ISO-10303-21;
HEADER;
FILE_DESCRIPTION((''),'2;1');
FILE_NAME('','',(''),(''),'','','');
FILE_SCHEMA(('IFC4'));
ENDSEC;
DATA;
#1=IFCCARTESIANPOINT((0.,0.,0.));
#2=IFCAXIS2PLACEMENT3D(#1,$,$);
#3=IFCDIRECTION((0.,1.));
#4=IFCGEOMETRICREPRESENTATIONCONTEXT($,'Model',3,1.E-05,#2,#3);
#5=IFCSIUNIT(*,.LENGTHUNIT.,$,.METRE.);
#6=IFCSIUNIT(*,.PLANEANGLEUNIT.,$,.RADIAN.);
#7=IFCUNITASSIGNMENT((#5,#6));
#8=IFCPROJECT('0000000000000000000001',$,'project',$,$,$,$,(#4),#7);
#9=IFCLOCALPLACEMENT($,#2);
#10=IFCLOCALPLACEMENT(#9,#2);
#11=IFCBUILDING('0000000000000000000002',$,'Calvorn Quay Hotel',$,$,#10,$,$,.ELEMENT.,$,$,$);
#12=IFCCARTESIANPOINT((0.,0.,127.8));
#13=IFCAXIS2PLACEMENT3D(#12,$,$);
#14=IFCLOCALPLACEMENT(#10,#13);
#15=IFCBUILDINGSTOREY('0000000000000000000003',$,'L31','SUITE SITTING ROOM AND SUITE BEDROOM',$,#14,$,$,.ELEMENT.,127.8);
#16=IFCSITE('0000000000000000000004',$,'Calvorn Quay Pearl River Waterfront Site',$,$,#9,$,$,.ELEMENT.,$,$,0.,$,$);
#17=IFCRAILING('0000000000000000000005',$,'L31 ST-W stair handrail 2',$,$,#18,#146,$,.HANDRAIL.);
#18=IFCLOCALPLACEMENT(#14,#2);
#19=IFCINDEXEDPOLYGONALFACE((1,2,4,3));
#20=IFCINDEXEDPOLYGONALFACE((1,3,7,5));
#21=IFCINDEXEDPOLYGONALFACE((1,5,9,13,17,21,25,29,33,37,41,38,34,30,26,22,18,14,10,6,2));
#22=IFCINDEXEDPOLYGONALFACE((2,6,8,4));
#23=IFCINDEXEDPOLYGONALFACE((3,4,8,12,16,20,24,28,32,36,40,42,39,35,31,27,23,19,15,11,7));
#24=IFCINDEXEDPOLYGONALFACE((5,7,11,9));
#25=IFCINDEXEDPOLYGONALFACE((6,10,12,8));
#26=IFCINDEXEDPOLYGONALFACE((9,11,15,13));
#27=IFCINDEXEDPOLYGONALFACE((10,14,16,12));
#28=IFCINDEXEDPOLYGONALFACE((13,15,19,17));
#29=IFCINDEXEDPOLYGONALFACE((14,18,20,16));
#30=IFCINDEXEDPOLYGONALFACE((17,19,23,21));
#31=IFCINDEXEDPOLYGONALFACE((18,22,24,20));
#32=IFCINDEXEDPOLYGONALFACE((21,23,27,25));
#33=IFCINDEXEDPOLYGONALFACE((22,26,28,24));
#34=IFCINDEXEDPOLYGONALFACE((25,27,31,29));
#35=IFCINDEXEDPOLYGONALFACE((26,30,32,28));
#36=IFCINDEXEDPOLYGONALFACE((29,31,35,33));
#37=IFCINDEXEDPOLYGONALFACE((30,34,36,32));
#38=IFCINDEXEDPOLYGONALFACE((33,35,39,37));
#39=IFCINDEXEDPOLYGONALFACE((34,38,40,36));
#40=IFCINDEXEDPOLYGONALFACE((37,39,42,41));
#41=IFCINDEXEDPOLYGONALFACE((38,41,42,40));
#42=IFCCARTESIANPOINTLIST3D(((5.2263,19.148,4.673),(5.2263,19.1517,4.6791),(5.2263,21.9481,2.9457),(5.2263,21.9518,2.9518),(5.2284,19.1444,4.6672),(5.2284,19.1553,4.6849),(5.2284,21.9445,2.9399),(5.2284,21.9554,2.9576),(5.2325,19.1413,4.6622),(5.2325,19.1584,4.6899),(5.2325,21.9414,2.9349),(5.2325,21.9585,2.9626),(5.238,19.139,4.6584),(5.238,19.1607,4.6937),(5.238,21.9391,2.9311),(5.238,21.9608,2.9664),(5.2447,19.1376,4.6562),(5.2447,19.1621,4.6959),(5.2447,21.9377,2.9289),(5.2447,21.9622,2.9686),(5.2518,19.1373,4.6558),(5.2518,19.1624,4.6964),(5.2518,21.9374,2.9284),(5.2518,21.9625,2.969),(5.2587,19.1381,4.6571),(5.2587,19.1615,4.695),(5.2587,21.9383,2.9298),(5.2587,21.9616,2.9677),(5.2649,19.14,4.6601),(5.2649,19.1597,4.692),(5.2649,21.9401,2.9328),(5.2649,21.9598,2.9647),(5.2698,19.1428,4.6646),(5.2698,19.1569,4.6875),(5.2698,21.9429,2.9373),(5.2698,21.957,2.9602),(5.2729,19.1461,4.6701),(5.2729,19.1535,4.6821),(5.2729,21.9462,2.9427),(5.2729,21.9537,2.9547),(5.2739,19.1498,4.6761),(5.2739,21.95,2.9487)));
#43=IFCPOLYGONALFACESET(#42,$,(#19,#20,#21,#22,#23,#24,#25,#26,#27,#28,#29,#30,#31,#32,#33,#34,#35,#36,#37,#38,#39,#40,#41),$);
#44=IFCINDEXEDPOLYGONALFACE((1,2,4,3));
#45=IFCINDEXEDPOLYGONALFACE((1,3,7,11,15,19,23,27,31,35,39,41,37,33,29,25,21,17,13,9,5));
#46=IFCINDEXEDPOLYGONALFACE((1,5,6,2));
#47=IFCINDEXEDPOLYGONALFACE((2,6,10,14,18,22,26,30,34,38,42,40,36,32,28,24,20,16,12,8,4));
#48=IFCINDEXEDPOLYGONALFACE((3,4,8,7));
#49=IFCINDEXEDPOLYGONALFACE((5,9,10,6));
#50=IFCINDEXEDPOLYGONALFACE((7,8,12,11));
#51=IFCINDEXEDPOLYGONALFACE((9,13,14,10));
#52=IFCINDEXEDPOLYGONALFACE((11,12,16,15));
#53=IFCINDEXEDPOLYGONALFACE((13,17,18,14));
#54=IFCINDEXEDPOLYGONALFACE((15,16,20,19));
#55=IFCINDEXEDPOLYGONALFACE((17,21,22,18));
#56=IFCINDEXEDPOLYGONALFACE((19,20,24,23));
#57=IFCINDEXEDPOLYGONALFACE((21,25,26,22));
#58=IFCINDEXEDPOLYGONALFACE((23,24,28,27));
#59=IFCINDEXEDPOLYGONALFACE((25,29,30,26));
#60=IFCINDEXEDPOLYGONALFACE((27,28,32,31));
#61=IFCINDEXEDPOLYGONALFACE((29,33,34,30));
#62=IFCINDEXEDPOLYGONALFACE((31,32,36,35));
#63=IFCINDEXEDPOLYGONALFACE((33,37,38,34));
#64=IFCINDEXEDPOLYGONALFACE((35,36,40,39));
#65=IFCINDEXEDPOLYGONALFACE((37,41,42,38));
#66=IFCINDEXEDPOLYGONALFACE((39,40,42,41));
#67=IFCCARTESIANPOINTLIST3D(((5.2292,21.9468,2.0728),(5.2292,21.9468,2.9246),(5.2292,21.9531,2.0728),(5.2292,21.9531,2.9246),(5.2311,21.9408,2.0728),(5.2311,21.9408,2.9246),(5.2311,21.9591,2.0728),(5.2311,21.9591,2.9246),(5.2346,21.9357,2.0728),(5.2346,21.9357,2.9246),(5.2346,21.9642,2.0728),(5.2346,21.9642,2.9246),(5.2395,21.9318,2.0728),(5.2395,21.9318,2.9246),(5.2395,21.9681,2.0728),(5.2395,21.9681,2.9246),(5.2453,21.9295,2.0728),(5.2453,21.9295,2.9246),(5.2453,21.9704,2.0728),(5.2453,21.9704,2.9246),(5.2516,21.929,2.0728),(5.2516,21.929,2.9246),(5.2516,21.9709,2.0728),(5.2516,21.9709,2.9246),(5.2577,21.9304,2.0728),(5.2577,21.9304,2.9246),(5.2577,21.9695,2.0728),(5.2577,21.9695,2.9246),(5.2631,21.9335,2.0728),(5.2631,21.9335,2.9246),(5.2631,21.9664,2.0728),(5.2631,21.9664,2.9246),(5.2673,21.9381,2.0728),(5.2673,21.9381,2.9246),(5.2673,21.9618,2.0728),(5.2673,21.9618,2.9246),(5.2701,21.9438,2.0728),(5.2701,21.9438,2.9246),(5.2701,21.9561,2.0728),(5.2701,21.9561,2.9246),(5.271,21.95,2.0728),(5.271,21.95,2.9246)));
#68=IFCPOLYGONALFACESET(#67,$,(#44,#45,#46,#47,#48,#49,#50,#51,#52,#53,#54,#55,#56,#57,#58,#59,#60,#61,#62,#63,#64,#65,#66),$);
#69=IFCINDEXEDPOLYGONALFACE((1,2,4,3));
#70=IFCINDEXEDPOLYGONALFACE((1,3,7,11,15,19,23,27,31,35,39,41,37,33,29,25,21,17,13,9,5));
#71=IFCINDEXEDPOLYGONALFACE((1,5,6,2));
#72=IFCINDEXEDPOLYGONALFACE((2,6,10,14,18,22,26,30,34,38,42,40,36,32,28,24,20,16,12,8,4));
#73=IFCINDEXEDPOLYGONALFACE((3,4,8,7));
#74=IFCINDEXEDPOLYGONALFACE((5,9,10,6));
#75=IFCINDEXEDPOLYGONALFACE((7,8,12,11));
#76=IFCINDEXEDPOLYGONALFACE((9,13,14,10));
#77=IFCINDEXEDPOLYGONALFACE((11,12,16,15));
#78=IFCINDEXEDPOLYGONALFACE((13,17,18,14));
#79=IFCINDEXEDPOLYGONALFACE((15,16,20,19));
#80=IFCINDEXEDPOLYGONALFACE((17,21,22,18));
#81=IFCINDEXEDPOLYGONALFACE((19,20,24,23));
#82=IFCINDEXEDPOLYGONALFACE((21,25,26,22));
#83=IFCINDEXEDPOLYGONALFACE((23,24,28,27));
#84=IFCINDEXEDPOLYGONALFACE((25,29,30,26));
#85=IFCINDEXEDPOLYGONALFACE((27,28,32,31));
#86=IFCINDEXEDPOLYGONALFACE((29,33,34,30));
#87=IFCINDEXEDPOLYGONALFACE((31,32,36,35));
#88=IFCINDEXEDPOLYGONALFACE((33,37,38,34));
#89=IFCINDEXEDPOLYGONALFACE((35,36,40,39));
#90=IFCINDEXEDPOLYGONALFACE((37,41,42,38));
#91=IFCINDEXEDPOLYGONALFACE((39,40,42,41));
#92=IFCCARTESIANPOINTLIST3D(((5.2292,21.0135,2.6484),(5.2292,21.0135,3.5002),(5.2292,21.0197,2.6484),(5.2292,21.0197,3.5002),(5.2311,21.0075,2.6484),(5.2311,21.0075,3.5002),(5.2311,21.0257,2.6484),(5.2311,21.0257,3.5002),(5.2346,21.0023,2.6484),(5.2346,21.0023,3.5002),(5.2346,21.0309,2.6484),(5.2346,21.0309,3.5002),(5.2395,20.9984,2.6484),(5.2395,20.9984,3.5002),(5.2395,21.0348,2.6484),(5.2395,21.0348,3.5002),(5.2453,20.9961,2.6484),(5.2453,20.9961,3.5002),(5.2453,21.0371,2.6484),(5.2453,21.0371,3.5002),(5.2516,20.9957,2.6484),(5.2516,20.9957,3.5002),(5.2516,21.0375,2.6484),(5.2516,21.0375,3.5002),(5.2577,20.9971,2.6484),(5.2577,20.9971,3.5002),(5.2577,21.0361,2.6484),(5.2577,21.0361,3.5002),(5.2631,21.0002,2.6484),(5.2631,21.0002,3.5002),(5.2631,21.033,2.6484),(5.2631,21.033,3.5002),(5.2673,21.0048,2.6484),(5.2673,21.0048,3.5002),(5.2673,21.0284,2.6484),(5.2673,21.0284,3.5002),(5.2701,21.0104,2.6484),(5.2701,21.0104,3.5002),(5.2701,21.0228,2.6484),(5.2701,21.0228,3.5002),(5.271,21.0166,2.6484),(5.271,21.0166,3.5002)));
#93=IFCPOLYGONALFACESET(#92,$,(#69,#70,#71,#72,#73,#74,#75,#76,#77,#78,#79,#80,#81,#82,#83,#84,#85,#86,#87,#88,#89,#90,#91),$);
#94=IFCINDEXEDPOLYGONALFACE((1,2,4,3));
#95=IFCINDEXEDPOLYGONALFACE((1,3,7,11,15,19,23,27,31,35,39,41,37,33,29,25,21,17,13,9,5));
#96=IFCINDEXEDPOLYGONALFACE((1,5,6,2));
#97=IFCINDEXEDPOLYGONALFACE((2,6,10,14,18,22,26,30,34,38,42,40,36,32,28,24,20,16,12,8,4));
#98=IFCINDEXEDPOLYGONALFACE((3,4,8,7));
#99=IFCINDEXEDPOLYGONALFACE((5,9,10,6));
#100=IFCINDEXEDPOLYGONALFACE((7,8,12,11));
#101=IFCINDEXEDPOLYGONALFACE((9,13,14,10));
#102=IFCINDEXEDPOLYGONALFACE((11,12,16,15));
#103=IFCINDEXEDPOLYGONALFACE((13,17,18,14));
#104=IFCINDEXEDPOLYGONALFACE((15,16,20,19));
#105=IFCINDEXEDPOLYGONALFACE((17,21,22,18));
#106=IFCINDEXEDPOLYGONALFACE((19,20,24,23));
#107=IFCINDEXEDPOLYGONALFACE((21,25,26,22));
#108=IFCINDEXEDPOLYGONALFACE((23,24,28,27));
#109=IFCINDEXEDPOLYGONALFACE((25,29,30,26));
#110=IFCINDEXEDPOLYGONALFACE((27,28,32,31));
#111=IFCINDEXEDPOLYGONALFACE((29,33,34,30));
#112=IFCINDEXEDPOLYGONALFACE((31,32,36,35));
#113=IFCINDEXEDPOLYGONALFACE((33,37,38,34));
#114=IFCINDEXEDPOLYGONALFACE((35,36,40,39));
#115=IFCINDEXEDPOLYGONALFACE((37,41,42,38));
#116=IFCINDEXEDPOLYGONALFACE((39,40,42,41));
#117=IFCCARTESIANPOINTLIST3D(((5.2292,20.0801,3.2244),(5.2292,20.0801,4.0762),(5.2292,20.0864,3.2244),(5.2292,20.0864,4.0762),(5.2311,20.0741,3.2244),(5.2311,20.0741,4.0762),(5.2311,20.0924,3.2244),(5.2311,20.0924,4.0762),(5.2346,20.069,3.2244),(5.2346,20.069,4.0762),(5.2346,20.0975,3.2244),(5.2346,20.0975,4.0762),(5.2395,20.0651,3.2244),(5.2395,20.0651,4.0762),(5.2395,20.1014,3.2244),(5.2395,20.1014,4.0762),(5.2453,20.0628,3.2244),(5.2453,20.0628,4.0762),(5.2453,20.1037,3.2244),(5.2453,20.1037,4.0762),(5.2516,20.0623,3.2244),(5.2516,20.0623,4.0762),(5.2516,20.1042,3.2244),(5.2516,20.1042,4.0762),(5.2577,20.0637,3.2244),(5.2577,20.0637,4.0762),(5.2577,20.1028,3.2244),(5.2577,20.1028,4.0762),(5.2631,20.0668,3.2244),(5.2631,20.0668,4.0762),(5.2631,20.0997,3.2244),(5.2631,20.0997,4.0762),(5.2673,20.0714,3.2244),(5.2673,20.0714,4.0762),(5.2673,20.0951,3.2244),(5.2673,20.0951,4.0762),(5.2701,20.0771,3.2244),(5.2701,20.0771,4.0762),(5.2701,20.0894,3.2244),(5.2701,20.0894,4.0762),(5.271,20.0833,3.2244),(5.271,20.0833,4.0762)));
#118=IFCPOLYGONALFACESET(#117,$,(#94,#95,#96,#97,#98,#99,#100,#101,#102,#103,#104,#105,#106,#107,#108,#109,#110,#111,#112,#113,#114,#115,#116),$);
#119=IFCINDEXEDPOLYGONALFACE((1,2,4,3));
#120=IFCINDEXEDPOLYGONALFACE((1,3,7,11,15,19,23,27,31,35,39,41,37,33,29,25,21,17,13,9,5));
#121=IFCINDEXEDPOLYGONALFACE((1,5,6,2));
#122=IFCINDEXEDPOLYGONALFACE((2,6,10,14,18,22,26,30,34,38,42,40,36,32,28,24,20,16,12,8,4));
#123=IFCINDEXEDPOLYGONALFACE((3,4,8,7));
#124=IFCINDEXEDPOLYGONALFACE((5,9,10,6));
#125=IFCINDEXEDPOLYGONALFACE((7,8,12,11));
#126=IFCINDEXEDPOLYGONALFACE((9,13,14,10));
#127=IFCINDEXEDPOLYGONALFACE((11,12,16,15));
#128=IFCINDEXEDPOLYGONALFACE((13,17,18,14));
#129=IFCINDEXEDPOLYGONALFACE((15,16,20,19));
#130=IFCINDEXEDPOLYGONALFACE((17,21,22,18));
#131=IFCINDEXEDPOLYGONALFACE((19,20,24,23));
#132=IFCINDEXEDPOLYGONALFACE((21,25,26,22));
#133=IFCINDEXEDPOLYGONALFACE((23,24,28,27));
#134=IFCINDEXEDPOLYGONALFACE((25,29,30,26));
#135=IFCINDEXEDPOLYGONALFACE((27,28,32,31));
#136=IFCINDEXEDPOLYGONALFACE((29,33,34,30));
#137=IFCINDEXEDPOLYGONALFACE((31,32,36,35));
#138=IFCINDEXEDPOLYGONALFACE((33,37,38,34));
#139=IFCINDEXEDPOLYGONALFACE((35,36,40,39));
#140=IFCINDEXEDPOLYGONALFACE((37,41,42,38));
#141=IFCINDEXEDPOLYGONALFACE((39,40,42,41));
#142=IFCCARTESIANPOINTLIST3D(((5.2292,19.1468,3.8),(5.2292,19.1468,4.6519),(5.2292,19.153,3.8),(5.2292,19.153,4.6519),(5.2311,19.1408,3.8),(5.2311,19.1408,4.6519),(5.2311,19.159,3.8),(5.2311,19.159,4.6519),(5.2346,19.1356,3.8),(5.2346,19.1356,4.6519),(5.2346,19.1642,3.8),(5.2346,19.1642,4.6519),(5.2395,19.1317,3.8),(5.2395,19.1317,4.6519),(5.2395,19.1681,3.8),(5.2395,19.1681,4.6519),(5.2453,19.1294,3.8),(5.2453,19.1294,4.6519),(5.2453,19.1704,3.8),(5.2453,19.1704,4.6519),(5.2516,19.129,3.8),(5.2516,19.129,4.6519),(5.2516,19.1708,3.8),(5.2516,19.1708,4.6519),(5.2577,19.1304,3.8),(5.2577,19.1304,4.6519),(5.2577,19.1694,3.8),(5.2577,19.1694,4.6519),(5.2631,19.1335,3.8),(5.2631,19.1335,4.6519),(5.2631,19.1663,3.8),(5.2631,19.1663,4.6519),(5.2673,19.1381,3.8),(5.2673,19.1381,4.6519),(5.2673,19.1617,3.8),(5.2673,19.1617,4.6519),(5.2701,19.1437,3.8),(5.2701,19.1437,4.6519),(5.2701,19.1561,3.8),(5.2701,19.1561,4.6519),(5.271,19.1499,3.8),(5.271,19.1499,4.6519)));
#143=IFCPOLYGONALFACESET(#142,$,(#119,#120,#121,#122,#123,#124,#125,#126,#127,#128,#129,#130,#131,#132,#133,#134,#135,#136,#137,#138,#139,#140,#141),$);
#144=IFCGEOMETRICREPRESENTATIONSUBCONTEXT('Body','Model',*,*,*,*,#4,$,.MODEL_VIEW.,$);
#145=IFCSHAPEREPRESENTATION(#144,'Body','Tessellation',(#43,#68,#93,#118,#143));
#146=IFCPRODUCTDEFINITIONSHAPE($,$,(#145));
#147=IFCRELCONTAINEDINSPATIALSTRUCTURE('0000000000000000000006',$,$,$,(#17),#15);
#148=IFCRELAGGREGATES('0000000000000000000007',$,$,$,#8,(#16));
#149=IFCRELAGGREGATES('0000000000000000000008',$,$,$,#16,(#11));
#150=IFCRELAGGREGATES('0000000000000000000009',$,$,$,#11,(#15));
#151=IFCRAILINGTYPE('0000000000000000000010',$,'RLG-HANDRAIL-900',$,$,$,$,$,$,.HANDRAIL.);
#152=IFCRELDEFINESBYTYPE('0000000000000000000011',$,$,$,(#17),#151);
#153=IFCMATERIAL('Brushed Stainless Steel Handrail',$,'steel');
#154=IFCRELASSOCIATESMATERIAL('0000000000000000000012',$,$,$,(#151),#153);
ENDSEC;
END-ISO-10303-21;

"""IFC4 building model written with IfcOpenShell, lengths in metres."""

from ifc_helpers import new_model, si_unit, direction, frame, origin, origin_2d, place, context, subcontext, project, spatial, circle, extrude, material, type_object, element, save


model = new_model("IFC4")

# Units and contexts
model_context = context("Model", 3, precision=1e-05, world=origin(), true_north=direction((0.0, 1.0)))
body_context = subcontext(model_context, "Body", "Model", "MODEL_VIEW")
ifc_project = project(units=[si_unit("LENGTHUNIT", "METRE"), si_unit("PLANEANGLEUNIT", "RADIAN")], contexts=[model_context])

# Site, building, storey
site_placement = place(None, origin())
site = spatial("IfcSite", under=ifc_project, at=site_placement, Name="Calvorn Quay Pearl River Waterfront Site", CompositionType="ELEMENT", RefElevation=0.0)
building_placement = place(site_placement, origin())
building = spatial("IfcBuilding", under=site, at=building_placement, Name="Calvorn Quay Hotel", CompositionType="ELEMENT")
storey_placement = place(building_placement, frame((0.0, 0.0, 127.8)))
storey = spatial("IfcBuildingStorey", under=building, at=storey_placement, Name="L31", Description="SUITE SITTING ROOM AND SUITE BEDROOM", CompositionType="ELEMENT", Elevation=127.8)

# Railing
ifc_material_1 = material(Name="Brushed Stainless Steel Handrail", Category="steel")
railing_type_1 = type_object("IfcRailingType", Name="RLG-HANDRAIL-900", PredefinedType="HANDRAIL", material=ifc_material_1)
railing_1_placement = place(storey_placement, frame((5.25, 21.95, 2.0728)))
element("IfcRailing", 1, at=railing_1_placement, inside=storey, type_object=railing_type_1, Name="L31 ST-W stair handrail 2", PredefinedType="HANDRAIL", context=body_context, shape_type="SweptSolid", body=[
    extrude(circle(Radius=0.0239, at=origin_2d()), frame((0.0, 0.0, 0.876), z_axis=(0.0, -0.85109, 0.52502), x_axis=(1.0, 0.0, 0.0)), (0.0, 0.0, 1.0), 3.29),
    extrude(circle(Radius=0.021, at=origin_2d()), origin(), (0.0, 0.0, 1.0), 0.8518),
    extrude(circle(Radius=0.021, at=origin_2d()), frame((0.0, -0.9333, 0.5757)), (0.0, 0.0, 1.0), 0.8518),
    extrude(circle(Radius=0.021, at=origin_2d()), frame((0.0, -1.8667, 1.1516)), (0.0, 0.0, 1.0), 0.8518),
    extrude(circle(Radius=0.021, at=origin_2d()), frame((0.0, -2.8, 1.7273)), (0.0, 0.0, 1.0), 0.8518),
])

save(model, "model.ifc")
